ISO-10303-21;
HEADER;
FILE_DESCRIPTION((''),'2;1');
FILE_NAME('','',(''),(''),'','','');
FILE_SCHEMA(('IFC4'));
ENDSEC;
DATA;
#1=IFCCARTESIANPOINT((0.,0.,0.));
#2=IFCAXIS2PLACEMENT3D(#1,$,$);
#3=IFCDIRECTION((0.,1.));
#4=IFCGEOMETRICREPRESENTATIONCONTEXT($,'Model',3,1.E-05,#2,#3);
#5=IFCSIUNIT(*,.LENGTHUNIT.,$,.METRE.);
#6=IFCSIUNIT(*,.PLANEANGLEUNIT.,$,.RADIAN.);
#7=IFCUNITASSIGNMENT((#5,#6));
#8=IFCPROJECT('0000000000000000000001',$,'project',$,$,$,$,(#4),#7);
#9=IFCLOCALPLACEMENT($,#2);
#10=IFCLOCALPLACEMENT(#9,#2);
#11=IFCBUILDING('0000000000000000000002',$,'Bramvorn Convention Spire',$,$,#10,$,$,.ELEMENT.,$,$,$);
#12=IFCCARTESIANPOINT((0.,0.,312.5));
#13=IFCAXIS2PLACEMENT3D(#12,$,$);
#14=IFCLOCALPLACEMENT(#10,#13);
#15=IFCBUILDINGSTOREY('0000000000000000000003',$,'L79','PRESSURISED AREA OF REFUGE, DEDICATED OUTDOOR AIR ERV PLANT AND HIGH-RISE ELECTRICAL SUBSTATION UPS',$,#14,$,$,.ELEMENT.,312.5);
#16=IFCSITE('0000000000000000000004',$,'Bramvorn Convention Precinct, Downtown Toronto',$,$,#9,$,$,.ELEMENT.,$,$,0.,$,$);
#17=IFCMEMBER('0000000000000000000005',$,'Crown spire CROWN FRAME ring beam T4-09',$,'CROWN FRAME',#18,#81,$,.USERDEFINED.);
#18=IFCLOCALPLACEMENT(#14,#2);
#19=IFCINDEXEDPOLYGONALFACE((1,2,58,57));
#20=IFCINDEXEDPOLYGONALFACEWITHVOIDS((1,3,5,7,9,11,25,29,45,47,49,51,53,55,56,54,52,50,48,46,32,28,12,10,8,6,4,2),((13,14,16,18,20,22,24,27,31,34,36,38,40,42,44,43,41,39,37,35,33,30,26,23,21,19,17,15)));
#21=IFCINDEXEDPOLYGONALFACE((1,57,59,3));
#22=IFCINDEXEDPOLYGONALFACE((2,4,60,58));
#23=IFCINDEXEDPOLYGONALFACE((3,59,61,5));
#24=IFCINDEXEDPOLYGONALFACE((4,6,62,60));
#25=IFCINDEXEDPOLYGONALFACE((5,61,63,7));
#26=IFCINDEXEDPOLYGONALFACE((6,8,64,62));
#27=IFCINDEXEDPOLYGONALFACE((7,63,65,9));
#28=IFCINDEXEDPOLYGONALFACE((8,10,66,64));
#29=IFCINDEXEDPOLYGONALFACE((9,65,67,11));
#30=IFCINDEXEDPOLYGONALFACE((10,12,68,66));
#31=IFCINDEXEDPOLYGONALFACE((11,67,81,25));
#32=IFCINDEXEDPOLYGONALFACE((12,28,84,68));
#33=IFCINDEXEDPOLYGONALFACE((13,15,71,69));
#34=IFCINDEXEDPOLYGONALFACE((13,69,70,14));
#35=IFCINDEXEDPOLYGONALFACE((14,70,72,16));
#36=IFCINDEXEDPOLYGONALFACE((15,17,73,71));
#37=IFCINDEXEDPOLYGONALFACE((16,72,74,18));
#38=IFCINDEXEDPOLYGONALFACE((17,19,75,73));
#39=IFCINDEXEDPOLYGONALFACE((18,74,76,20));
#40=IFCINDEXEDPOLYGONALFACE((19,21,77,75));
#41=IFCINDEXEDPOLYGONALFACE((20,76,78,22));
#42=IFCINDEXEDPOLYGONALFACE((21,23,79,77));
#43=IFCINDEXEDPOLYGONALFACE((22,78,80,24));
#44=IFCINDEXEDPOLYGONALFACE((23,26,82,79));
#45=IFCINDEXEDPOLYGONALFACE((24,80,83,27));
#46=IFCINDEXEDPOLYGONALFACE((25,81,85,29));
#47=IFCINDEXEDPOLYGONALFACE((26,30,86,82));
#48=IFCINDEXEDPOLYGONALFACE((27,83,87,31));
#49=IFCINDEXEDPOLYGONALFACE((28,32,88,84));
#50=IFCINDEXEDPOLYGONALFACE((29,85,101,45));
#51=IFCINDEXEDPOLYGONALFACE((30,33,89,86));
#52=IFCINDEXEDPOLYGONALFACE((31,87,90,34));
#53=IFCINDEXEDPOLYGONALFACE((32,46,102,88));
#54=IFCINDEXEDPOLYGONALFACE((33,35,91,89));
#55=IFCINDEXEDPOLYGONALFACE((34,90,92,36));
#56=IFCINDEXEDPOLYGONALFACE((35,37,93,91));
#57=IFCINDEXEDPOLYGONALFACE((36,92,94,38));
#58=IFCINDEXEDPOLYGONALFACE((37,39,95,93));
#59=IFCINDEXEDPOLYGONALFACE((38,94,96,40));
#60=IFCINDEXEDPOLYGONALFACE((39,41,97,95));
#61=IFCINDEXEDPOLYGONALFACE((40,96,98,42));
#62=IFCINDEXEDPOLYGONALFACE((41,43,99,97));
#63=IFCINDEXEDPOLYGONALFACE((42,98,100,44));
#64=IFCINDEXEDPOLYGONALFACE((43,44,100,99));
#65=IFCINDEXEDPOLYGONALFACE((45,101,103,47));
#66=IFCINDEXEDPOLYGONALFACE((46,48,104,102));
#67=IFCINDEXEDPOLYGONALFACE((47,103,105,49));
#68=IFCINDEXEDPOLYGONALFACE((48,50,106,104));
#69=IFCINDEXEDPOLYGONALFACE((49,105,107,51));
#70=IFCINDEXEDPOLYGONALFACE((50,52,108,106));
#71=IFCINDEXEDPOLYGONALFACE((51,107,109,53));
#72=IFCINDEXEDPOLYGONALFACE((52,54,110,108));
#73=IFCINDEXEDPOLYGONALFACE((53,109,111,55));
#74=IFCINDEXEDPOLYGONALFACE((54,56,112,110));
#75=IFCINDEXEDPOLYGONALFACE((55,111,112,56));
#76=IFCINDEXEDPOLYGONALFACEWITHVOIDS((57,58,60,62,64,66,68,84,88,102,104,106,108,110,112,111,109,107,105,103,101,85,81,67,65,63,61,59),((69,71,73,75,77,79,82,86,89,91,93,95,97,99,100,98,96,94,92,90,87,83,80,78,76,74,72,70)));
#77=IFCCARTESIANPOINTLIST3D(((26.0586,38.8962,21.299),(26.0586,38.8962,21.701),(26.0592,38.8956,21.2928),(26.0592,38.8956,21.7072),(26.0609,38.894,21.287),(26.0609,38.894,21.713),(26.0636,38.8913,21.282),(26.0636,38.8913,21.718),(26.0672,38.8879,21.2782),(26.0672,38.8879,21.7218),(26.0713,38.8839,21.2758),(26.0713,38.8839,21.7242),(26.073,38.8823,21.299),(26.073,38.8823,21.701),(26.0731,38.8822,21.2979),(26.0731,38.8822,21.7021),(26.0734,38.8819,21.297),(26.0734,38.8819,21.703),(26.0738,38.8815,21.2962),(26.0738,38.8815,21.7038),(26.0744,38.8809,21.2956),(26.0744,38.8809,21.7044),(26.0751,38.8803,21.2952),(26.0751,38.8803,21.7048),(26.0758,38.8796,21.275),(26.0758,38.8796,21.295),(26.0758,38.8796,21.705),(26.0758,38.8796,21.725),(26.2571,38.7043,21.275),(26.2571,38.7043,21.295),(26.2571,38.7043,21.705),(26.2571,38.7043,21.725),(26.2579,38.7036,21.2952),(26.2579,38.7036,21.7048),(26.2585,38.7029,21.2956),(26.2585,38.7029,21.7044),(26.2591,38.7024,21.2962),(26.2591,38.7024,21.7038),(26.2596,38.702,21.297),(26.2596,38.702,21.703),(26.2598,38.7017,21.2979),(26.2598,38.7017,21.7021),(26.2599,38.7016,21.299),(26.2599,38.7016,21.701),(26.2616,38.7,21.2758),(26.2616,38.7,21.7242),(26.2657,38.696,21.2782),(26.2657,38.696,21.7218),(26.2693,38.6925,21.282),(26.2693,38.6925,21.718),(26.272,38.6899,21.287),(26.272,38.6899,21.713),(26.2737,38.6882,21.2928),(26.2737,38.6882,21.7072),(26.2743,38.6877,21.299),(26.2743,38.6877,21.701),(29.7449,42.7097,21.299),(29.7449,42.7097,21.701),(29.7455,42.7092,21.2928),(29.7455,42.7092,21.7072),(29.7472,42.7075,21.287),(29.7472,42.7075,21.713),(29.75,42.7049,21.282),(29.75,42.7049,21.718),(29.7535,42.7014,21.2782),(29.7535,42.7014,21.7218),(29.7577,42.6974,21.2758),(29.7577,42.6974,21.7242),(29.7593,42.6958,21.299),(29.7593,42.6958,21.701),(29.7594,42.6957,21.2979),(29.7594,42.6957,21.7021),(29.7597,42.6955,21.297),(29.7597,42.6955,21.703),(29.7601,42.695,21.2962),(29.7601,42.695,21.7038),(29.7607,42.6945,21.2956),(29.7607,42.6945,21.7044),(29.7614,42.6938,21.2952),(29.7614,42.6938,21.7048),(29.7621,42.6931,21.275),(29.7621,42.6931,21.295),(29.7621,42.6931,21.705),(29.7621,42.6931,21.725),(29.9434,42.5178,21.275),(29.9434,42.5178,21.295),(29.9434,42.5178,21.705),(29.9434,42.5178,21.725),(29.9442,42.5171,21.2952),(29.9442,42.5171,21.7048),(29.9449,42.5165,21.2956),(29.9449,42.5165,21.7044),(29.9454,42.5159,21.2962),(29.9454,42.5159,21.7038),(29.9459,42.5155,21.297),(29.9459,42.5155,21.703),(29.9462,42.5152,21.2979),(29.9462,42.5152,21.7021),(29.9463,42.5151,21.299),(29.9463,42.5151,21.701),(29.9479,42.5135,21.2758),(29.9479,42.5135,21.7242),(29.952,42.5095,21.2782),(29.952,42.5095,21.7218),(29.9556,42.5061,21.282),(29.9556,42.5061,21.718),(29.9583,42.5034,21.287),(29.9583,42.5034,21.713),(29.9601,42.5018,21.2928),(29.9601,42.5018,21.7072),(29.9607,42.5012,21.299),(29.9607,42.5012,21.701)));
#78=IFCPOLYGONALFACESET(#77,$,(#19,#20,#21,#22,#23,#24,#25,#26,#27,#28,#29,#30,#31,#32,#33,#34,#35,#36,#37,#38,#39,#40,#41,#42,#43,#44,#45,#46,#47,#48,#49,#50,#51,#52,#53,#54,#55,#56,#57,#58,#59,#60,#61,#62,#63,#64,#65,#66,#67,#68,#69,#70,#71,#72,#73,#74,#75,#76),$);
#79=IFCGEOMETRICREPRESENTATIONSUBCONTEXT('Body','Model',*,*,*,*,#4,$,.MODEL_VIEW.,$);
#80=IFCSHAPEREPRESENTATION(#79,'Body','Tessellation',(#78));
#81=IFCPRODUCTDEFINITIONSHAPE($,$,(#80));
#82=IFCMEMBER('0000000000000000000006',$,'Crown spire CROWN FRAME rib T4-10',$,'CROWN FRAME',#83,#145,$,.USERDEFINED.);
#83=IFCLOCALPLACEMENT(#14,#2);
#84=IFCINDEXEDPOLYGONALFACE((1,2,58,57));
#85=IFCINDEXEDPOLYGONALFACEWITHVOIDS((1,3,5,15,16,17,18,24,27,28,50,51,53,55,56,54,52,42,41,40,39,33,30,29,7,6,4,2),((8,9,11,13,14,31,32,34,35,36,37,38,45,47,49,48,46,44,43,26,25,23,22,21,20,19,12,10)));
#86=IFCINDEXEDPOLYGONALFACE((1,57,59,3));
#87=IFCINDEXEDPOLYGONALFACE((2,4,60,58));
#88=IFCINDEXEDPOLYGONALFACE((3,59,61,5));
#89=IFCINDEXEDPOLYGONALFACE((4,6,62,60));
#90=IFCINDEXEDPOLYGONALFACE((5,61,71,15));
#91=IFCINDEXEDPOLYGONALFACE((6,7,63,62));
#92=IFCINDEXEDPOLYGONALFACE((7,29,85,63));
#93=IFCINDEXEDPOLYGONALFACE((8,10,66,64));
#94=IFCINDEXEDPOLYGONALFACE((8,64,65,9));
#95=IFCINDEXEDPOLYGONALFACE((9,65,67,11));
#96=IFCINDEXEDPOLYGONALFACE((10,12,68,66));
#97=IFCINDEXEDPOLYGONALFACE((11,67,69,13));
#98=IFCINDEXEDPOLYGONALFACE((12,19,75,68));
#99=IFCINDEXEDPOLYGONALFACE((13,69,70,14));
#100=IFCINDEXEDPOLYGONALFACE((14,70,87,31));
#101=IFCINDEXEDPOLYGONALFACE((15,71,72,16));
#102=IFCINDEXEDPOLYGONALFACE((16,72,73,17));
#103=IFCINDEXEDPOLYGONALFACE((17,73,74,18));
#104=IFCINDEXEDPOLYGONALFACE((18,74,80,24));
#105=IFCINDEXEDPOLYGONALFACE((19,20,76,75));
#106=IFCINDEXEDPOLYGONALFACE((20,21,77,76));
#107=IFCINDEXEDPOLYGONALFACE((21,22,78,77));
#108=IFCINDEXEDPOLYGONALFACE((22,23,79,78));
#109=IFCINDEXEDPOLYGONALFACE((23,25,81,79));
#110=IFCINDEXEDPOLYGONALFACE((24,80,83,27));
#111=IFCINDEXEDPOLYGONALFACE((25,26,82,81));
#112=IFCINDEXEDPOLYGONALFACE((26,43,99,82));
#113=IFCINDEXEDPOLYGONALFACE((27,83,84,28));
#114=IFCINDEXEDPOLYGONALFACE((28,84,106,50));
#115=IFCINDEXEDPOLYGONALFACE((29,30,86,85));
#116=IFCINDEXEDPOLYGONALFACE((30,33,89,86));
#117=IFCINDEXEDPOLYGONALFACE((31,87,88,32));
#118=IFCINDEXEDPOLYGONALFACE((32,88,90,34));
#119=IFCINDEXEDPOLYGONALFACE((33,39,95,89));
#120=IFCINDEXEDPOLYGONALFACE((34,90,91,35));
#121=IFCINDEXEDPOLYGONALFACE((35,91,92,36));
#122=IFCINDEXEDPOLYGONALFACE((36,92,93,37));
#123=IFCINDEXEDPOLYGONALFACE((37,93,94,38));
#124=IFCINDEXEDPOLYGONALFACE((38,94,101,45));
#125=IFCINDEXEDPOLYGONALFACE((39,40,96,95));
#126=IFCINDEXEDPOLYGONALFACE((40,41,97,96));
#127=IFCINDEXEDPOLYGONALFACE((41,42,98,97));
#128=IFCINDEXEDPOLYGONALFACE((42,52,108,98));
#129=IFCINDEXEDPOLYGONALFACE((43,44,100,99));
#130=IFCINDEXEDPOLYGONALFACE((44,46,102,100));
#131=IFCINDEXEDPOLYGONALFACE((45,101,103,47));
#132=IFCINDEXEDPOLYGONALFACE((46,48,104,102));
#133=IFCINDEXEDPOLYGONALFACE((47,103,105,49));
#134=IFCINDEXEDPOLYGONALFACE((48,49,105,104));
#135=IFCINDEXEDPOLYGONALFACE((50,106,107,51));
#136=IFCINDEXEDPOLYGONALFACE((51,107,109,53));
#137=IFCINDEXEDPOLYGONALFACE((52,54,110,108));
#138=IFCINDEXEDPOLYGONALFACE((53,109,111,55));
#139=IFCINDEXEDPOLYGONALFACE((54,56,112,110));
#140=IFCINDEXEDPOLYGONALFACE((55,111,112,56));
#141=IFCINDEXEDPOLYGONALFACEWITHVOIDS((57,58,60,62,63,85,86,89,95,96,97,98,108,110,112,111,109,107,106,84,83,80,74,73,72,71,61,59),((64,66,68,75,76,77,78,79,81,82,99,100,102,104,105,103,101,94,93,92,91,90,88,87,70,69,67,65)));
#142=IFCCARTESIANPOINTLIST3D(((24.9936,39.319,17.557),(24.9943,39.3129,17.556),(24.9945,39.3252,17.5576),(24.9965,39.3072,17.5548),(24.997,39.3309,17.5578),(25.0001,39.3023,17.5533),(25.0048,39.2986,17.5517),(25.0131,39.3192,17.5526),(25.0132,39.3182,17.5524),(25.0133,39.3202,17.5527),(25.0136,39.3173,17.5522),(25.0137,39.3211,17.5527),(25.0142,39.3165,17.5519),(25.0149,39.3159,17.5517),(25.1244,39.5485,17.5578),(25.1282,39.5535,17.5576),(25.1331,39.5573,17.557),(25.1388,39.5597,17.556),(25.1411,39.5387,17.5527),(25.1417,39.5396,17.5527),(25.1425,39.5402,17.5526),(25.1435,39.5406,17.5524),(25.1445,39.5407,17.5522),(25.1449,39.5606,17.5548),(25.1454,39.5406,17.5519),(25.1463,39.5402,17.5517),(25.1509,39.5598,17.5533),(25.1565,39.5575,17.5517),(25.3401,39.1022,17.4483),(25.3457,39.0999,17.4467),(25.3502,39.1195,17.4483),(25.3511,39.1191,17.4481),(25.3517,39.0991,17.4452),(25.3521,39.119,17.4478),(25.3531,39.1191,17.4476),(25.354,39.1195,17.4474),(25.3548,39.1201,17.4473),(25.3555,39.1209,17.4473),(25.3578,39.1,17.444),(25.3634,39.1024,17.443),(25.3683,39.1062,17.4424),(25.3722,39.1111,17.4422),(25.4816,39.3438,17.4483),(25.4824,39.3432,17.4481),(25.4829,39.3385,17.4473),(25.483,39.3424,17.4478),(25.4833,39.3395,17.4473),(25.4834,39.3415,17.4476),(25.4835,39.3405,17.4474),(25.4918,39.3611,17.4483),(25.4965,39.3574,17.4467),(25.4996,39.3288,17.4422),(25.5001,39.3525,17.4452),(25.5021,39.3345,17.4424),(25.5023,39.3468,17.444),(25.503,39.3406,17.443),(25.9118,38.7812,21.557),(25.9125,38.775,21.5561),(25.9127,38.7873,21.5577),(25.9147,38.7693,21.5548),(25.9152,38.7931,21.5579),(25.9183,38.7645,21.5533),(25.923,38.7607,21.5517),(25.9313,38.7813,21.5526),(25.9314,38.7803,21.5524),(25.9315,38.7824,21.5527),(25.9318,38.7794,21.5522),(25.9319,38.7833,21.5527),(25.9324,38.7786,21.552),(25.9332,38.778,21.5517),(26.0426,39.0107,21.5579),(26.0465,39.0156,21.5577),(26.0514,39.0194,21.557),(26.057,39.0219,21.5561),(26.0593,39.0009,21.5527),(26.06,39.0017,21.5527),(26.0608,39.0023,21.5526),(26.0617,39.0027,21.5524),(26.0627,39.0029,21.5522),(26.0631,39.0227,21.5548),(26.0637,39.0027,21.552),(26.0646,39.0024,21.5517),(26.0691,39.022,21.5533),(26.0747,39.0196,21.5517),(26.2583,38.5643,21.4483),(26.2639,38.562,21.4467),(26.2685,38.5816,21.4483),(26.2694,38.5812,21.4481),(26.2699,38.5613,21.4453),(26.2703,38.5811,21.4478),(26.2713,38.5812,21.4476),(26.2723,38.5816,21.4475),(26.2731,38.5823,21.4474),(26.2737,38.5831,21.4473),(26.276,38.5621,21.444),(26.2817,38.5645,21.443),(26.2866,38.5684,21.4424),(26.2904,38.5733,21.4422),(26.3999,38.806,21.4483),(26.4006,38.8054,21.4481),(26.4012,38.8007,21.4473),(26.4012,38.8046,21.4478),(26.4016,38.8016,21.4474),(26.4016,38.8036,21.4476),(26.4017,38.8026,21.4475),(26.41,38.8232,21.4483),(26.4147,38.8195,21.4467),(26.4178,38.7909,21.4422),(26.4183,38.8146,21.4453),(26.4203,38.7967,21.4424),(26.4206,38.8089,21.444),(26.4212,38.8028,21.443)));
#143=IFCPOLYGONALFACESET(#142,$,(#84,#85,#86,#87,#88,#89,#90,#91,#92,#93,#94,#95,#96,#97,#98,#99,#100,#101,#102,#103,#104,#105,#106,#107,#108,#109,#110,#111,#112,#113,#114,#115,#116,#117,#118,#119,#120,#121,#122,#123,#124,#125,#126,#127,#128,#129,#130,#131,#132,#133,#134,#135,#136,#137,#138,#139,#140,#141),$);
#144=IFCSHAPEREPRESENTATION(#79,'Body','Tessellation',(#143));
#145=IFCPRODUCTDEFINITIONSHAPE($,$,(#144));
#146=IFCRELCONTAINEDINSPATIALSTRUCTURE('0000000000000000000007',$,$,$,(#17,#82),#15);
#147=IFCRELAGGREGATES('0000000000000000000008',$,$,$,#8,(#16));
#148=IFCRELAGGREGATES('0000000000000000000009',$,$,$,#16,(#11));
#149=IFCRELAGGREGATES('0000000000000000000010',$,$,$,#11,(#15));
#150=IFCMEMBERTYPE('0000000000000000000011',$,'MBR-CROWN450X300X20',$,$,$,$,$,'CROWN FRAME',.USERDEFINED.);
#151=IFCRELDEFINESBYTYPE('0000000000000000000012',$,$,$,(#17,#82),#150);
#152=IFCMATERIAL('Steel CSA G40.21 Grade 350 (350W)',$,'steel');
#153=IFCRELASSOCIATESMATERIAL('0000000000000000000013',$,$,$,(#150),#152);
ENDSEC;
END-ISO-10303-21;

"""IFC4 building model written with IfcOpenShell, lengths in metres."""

from ifc_helpers import new_model, si_unit, direction, frame, origin, origin_2d, place, context, subcontext, project, spatial, hollow_rectangle, extrude, material, material_profile, profile_set, type_object, element, save


model = new_model("IFC4")

# Units and contexts
model_context = context("Model", 3, precision=1e-05, world=origin(), true_north=direction((0.0, 1.0)))
body_context = subcontext(model_context, "Body", "Model", "MODEL_VIEW")
ifc_project = project(units=[si_unit("LENGTHUNIT", "METRE"), si_unit("PLANEANGLEUNIT", "RADIAN")], contexts=[model_context])

# Site, building, storey
site_placement = place(None, origin())
site = spatial("IfcSite", under=ifc_project, at=site_placement, Name="Bramvorn Convention Precinct, Downtown Toronto", CompositionType="ELEMENT", RefElevation=0.0)
building_placement = place(site_placement, origin())
building = spatial("IfcBuilding", under=site, at=building_placement, Name="Bramvorn Convention Spire", CompositionType="ELEMENT")
storey_placement = place(building_placement, frame((0.0, 0.0, 312.5)))
storey = spatial("IfcBuildingStorey", under=building, at=storey_placement, Name="L79", Description="PRESSURISED AREA OF REFUGE, DEDICATED OUTDOOR AIR ERV PLANT AND HIGH-RISE ELECTRICAL SUBSTATION UPS", CompositionType="ELEMENT", Elevation=312.5)

# Members
ifc_material_1 = material(Name="Steel CSA G40.21 Grade 350 (350W)", Category="steel")
ifc_material_profile = material_profile(ifc_material_1, hollow_rectangle(XDim=0.3, YDim=0.45, WallThickness=0.02, InnerFilletRadius=0.0039, OuterFilletRadius=0.0239, at=origin_2d()))
ifc_profile_set = profile_set([ifc_material_profile], Name="Steel CSA G40.21 Grade 350 (350W) - CROWN450X300X20")
member_type = type_object("IfcMemberType", Name="MBR-CROWN450X300X20", ElementType="CROWN FRAME", PredefinedType="USERDEFINED", material=ifc_profile_set)
member_1_placement = place(storey_placement, frame((29.8528, 42.6055, 21.5), z_axis=(-0.695014, -0.718996, 0.0), x_axis=(0.718996, -0.695014, 0.0)))
element("IfcMember", 1, at=member_1_placement, inside=storey, type_object=member_type, Name="Crown spire CROWN FRAME ring beam T4-09", ObjectType="CROWN FRAME", PredefinedType="USERDEFINED", context=body_context, shape_type="SweptSolid", body=[
    extrude(hollow_rectangle(XDim=0.3, YDim=0.45, WallThickness=0.02, InnerFilletRadius=0.0039, OuterFilletRadius=0.0239, at=origin_2d()), origin(), (0.0, 0.0, 1.0), 5.304),
])
member_2_placement = place(storey_placement, frame((25.2483, 39.3298, 17.5), z_axis=(0.221837, -0.129941, 0.966387), x_axis=(0.505425, 0.86287, 0.0)))
element("IfcMember", 2, at=member_2_placement, inside=storey, type_object=member_type, Name="Crown spire CROWN FRAME rib T4-10", ObjectType="CROWN FRAME", PredefinedType="USERDEFINED", context=body_context, shape_type="SweptSolid", body=[
    extrude(hollow_rectangle(XDim=0.3, YDim=0.45, WallThickness=0.02, InnerFilletRadius=0.0039, OuterFilletRadius=0.0239, at=origin_2d()), origin(), (0.0, 0.0, 1.0), 4.1392),
])

save(model, "model.ifc")
